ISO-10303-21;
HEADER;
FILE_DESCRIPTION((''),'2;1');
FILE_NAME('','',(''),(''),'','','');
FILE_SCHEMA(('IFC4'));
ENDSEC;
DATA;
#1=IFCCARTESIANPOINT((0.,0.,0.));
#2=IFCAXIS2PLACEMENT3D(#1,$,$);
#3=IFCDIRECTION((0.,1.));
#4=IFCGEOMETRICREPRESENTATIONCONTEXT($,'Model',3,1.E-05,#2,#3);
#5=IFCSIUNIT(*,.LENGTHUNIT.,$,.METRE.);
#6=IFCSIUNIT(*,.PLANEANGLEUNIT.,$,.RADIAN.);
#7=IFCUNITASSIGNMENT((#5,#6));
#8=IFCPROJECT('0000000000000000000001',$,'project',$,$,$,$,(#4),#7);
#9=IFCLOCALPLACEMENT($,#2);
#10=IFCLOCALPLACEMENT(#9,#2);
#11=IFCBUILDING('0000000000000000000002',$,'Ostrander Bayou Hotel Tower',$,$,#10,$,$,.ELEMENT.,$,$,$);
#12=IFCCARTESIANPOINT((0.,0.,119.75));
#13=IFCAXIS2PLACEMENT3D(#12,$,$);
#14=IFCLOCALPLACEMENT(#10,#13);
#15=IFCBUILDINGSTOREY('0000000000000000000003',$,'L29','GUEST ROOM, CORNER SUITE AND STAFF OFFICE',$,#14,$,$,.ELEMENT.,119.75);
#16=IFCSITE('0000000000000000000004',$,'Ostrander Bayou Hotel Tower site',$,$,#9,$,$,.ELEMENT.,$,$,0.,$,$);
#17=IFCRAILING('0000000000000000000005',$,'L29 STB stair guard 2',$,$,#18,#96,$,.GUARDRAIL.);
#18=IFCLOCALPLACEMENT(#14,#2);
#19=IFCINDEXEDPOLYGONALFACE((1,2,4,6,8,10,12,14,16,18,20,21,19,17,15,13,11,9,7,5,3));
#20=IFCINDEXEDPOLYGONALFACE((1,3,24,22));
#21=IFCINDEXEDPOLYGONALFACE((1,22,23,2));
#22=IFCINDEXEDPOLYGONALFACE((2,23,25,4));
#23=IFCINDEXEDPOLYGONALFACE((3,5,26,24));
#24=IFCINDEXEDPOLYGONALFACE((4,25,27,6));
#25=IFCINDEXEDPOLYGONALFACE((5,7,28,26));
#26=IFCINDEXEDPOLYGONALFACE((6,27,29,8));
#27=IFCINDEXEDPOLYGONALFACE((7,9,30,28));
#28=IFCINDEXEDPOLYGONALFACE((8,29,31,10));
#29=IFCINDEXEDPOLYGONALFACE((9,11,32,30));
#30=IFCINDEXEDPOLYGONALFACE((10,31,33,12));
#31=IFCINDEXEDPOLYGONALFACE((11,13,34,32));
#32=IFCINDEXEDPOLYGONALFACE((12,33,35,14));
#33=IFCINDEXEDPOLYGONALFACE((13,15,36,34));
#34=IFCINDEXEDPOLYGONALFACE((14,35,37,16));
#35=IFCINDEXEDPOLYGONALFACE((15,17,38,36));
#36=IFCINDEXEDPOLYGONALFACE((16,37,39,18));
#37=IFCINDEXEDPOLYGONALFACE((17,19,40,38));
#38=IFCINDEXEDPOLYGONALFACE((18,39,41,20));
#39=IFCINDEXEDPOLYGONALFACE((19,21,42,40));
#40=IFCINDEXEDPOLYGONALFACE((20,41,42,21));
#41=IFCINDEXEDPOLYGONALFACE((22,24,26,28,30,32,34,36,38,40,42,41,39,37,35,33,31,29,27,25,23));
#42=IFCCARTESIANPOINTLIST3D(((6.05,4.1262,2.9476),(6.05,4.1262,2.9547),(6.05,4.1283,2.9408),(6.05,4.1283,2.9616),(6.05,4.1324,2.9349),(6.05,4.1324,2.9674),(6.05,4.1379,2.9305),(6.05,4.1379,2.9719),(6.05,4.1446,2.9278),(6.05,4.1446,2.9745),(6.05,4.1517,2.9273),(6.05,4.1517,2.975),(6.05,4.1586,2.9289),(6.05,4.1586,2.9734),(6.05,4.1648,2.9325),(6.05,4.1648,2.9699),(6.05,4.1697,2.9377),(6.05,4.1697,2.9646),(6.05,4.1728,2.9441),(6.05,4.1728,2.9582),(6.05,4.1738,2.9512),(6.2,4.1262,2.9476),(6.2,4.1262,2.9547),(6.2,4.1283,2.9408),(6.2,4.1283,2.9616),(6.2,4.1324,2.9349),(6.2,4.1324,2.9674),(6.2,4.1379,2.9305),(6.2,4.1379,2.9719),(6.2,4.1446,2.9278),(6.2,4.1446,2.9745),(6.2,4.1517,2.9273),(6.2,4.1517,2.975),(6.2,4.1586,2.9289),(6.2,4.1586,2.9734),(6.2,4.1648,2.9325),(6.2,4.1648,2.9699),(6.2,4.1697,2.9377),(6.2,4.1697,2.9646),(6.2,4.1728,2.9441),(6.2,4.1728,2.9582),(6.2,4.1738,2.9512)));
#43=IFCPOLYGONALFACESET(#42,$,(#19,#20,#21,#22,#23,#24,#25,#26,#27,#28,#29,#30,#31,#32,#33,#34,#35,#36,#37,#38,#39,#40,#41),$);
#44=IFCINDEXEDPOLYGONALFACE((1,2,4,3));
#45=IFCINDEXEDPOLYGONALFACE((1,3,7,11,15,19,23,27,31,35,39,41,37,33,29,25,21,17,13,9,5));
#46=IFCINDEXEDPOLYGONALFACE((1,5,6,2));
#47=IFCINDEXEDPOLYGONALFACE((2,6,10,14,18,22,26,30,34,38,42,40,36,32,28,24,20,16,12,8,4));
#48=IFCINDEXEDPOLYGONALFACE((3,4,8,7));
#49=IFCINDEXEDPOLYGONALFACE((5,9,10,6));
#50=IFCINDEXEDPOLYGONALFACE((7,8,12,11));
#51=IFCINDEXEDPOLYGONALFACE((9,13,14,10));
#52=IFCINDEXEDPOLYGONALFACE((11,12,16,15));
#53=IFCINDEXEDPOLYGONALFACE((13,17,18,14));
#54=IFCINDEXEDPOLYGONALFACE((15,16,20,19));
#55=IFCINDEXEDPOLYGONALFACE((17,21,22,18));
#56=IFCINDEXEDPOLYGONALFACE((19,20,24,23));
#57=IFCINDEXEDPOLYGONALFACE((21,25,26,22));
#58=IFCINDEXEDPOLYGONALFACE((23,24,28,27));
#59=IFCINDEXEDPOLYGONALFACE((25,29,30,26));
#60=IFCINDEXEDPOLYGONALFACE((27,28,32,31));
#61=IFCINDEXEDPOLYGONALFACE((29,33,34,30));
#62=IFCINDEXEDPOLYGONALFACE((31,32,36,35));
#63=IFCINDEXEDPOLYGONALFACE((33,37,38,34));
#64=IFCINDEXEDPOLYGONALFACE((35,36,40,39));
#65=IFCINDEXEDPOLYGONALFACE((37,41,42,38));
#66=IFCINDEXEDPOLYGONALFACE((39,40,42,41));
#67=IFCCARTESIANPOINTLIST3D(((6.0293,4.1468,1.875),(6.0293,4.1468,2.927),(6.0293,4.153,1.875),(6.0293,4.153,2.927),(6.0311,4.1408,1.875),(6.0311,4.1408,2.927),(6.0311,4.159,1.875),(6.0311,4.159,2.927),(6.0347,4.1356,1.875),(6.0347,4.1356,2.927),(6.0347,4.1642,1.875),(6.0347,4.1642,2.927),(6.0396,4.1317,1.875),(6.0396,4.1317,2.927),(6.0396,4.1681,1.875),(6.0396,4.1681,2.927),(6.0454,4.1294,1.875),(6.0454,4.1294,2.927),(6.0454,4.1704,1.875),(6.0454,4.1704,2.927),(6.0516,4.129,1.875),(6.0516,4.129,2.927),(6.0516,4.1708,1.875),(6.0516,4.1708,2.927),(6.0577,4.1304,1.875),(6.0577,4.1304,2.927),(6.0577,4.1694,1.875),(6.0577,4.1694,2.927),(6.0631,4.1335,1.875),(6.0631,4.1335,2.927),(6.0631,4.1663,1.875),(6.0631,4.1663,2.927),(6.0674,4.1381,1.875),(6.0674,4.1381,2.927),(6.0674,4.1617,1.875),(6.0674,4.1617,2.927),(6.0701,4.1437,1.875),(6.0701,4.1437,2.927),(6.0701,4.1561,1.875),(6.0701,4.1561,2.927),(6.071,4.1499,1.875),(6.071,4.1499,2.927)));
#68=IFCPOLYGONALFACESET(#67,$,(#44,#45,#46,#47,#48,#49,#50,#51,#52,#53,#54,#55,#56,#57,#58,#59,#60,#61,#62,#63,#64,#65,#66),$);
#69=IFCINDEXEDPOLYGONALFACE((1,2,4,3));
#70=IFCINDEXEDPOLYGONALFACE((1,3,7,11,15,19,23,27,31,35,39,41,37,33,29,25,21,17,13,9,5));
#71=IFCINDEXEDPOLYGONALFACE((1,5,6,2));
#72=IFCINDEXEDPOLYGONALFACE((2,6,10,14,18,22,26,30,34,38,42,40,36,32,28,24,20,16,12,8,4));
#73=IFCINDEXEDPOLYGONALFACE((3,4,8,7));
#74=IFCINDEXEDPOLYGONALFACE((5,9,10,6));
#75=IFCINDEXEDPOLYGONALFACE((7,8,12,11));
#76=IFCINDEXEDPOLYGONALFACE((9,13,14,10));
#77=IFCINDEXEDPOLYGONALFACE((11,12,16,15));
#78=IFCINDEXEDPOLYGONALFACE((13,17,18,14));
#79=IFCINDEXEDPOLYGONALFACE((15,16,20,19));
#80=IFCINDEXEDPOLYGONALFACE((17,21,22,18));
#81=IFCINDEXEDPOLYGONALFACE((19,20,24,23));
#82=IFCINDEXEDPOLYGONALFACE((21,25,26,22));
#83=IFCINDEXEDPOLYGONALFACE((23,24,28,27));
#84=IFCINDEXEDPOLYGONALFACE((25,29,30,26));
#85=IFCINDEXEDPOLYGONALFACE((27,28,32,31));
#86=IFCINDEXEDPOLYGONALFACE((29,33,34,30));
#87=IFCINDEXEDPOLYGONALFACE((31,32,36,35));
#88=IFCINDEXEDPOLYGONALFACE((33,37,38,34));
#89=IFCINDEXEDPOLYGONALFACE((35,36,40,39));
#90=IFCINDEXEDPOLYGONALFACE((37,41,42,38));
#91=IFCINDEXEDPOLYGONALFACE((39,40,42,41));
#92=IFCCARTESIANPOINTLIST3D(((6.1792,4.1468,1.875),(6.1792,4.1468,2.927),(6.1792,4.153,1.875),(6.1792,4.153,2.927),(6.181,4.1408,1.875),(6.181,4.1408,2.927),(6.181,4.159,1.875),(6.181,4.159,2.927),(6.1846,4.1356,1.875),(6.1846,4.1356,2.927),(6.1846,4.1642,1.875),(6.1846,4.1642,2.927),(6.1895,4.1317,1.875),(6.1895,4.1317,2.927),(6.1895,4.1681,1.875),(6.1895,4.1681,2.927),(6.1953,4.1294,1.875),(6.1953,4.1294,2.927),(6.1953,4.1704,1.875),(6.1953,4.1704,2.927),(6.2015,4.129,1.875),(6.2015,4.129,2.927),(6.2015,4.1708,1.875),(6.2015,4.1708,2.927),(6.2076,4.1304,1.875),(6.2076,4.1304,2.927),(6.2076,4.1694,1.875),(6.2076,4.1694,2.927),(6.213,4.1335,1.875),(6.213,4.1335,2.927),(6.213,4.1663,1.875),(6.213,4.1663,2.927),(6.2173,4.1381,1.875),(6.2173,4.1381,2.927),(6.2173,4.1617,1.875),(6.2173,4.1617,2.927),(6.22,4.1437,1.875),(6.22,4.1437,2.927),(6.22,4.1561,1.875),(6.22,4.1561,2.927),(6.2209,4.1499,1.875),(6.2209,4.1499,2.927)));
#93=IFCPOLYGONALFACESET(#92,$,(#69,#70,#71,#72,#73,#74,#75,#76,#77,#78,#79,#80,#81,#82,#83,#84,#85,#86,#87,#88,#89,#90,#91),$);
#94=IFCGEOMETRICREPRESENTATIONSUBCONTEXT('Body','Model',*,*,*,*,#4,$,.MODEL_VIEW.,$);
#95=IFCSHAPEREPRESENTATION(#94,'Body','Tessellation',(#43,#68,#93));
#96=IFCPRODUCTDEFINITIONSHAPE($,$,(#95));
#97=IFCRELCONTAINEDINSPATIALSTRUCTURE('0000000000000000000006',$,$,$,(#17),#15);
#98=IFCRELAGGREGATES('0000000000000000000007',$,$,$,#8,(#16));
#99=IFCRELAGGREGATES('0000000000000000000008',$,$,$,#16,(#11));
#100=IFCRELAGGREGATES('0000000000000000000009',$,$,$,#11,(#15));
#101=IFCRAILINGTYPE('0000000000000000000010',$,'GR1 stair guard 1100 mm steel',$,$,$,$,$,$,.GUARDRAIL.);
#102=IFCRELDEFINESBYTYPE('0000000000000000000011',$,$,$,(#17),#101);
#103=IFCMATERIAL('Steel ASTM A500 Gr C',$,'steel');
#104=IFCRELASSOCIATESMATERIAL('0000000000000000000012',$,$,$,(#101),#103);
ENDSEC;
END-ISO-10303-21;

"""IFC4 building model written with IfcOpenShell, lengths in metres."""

from ifc_helpers import new_model, si_unit, direction, frame, origin, origin_2d, place, context, subcontext, project, spatial, circle, extrude, material, type_object, element, save


model = new_model("IFC4")

# Units and contexts
model_context = context("Model", 3, precision=1e-05, world=origin(), true_north=direction((0.0, 1.0)))
body_context = subcontext(model_context, "Body", "Model", "MODEL_VIEW")
ifc_project = project(units=[si_unit("LENGTHUNIT", "METRE"), si_unit("PLANEANGLEUNIT", "RADIAN")], contexts=[model_context])

# Site, building, storey
site_placement = place(None, origin())
site = spatial("IfcSite", under=ifc_project, at=site_placement, Name="Ostrander Bayou Hotel Tower site", CompositionType="ELEMENT", RefElevation=0.0)
building_placement = place(site_placement, origin())
building = spatial("IfcBuilding", under=site, at=building_placement, Name="Ostrander Bayou Hotel Tower", CompositionType="ELEMENT")
storey_placement = place(building_placement, frame((0.0, 0.0, 119.75)))
storey = spatial("IfcBuildingStorey", under=building, at=storey_placement, Name="L29", Description="GUEST ROOM, CORNER SUITE AND STAFF OFFICE", CompositionType="ELEMENT", Elevation=119.75)

# Railing
ifc_material_1 = material(Name="Steel ASTM A500 Gr C", Category="steel")
railing_type_1 = type_object("IfcRailingType", Name="GR1 stair guard 1100 mm steel", PredefinedType="GUARDRAIL", material=ifc_material_1)
railing_1_placement = place(storey_placement, frame((6.05, 4.1499, 1.875)))
element("IfcRailing", 1, at=railing_1_placement, inside=storey, type_object=railing_type_1, Name="L29 STB stair guard 2", PredefinedType="GUARDRAIL", context=body_context, shape_type="SweptSolid", body=[
    extrude(circle(Radius=0.0239, at=origin_2d()), frame((0.0, 0.0, 1.0762), z_axis=(1.0, 0.0, 0.0), x_axis=(0.0, 1.0, 0.0)), (0.0, 0.0, 1.0), 0.1499),
    extrude(circle(Radius=0.021, at=origin_2d()), origin(), (0.0, 0.0, 1.0), 1.052),
    extrude(circle(Radius=0.021, at=origin_2d()), frame((0.1499, 0.0, 0.0)), (0.0, 0.0, 1.0), 1.052),
])

save(model, "model.ifc")
